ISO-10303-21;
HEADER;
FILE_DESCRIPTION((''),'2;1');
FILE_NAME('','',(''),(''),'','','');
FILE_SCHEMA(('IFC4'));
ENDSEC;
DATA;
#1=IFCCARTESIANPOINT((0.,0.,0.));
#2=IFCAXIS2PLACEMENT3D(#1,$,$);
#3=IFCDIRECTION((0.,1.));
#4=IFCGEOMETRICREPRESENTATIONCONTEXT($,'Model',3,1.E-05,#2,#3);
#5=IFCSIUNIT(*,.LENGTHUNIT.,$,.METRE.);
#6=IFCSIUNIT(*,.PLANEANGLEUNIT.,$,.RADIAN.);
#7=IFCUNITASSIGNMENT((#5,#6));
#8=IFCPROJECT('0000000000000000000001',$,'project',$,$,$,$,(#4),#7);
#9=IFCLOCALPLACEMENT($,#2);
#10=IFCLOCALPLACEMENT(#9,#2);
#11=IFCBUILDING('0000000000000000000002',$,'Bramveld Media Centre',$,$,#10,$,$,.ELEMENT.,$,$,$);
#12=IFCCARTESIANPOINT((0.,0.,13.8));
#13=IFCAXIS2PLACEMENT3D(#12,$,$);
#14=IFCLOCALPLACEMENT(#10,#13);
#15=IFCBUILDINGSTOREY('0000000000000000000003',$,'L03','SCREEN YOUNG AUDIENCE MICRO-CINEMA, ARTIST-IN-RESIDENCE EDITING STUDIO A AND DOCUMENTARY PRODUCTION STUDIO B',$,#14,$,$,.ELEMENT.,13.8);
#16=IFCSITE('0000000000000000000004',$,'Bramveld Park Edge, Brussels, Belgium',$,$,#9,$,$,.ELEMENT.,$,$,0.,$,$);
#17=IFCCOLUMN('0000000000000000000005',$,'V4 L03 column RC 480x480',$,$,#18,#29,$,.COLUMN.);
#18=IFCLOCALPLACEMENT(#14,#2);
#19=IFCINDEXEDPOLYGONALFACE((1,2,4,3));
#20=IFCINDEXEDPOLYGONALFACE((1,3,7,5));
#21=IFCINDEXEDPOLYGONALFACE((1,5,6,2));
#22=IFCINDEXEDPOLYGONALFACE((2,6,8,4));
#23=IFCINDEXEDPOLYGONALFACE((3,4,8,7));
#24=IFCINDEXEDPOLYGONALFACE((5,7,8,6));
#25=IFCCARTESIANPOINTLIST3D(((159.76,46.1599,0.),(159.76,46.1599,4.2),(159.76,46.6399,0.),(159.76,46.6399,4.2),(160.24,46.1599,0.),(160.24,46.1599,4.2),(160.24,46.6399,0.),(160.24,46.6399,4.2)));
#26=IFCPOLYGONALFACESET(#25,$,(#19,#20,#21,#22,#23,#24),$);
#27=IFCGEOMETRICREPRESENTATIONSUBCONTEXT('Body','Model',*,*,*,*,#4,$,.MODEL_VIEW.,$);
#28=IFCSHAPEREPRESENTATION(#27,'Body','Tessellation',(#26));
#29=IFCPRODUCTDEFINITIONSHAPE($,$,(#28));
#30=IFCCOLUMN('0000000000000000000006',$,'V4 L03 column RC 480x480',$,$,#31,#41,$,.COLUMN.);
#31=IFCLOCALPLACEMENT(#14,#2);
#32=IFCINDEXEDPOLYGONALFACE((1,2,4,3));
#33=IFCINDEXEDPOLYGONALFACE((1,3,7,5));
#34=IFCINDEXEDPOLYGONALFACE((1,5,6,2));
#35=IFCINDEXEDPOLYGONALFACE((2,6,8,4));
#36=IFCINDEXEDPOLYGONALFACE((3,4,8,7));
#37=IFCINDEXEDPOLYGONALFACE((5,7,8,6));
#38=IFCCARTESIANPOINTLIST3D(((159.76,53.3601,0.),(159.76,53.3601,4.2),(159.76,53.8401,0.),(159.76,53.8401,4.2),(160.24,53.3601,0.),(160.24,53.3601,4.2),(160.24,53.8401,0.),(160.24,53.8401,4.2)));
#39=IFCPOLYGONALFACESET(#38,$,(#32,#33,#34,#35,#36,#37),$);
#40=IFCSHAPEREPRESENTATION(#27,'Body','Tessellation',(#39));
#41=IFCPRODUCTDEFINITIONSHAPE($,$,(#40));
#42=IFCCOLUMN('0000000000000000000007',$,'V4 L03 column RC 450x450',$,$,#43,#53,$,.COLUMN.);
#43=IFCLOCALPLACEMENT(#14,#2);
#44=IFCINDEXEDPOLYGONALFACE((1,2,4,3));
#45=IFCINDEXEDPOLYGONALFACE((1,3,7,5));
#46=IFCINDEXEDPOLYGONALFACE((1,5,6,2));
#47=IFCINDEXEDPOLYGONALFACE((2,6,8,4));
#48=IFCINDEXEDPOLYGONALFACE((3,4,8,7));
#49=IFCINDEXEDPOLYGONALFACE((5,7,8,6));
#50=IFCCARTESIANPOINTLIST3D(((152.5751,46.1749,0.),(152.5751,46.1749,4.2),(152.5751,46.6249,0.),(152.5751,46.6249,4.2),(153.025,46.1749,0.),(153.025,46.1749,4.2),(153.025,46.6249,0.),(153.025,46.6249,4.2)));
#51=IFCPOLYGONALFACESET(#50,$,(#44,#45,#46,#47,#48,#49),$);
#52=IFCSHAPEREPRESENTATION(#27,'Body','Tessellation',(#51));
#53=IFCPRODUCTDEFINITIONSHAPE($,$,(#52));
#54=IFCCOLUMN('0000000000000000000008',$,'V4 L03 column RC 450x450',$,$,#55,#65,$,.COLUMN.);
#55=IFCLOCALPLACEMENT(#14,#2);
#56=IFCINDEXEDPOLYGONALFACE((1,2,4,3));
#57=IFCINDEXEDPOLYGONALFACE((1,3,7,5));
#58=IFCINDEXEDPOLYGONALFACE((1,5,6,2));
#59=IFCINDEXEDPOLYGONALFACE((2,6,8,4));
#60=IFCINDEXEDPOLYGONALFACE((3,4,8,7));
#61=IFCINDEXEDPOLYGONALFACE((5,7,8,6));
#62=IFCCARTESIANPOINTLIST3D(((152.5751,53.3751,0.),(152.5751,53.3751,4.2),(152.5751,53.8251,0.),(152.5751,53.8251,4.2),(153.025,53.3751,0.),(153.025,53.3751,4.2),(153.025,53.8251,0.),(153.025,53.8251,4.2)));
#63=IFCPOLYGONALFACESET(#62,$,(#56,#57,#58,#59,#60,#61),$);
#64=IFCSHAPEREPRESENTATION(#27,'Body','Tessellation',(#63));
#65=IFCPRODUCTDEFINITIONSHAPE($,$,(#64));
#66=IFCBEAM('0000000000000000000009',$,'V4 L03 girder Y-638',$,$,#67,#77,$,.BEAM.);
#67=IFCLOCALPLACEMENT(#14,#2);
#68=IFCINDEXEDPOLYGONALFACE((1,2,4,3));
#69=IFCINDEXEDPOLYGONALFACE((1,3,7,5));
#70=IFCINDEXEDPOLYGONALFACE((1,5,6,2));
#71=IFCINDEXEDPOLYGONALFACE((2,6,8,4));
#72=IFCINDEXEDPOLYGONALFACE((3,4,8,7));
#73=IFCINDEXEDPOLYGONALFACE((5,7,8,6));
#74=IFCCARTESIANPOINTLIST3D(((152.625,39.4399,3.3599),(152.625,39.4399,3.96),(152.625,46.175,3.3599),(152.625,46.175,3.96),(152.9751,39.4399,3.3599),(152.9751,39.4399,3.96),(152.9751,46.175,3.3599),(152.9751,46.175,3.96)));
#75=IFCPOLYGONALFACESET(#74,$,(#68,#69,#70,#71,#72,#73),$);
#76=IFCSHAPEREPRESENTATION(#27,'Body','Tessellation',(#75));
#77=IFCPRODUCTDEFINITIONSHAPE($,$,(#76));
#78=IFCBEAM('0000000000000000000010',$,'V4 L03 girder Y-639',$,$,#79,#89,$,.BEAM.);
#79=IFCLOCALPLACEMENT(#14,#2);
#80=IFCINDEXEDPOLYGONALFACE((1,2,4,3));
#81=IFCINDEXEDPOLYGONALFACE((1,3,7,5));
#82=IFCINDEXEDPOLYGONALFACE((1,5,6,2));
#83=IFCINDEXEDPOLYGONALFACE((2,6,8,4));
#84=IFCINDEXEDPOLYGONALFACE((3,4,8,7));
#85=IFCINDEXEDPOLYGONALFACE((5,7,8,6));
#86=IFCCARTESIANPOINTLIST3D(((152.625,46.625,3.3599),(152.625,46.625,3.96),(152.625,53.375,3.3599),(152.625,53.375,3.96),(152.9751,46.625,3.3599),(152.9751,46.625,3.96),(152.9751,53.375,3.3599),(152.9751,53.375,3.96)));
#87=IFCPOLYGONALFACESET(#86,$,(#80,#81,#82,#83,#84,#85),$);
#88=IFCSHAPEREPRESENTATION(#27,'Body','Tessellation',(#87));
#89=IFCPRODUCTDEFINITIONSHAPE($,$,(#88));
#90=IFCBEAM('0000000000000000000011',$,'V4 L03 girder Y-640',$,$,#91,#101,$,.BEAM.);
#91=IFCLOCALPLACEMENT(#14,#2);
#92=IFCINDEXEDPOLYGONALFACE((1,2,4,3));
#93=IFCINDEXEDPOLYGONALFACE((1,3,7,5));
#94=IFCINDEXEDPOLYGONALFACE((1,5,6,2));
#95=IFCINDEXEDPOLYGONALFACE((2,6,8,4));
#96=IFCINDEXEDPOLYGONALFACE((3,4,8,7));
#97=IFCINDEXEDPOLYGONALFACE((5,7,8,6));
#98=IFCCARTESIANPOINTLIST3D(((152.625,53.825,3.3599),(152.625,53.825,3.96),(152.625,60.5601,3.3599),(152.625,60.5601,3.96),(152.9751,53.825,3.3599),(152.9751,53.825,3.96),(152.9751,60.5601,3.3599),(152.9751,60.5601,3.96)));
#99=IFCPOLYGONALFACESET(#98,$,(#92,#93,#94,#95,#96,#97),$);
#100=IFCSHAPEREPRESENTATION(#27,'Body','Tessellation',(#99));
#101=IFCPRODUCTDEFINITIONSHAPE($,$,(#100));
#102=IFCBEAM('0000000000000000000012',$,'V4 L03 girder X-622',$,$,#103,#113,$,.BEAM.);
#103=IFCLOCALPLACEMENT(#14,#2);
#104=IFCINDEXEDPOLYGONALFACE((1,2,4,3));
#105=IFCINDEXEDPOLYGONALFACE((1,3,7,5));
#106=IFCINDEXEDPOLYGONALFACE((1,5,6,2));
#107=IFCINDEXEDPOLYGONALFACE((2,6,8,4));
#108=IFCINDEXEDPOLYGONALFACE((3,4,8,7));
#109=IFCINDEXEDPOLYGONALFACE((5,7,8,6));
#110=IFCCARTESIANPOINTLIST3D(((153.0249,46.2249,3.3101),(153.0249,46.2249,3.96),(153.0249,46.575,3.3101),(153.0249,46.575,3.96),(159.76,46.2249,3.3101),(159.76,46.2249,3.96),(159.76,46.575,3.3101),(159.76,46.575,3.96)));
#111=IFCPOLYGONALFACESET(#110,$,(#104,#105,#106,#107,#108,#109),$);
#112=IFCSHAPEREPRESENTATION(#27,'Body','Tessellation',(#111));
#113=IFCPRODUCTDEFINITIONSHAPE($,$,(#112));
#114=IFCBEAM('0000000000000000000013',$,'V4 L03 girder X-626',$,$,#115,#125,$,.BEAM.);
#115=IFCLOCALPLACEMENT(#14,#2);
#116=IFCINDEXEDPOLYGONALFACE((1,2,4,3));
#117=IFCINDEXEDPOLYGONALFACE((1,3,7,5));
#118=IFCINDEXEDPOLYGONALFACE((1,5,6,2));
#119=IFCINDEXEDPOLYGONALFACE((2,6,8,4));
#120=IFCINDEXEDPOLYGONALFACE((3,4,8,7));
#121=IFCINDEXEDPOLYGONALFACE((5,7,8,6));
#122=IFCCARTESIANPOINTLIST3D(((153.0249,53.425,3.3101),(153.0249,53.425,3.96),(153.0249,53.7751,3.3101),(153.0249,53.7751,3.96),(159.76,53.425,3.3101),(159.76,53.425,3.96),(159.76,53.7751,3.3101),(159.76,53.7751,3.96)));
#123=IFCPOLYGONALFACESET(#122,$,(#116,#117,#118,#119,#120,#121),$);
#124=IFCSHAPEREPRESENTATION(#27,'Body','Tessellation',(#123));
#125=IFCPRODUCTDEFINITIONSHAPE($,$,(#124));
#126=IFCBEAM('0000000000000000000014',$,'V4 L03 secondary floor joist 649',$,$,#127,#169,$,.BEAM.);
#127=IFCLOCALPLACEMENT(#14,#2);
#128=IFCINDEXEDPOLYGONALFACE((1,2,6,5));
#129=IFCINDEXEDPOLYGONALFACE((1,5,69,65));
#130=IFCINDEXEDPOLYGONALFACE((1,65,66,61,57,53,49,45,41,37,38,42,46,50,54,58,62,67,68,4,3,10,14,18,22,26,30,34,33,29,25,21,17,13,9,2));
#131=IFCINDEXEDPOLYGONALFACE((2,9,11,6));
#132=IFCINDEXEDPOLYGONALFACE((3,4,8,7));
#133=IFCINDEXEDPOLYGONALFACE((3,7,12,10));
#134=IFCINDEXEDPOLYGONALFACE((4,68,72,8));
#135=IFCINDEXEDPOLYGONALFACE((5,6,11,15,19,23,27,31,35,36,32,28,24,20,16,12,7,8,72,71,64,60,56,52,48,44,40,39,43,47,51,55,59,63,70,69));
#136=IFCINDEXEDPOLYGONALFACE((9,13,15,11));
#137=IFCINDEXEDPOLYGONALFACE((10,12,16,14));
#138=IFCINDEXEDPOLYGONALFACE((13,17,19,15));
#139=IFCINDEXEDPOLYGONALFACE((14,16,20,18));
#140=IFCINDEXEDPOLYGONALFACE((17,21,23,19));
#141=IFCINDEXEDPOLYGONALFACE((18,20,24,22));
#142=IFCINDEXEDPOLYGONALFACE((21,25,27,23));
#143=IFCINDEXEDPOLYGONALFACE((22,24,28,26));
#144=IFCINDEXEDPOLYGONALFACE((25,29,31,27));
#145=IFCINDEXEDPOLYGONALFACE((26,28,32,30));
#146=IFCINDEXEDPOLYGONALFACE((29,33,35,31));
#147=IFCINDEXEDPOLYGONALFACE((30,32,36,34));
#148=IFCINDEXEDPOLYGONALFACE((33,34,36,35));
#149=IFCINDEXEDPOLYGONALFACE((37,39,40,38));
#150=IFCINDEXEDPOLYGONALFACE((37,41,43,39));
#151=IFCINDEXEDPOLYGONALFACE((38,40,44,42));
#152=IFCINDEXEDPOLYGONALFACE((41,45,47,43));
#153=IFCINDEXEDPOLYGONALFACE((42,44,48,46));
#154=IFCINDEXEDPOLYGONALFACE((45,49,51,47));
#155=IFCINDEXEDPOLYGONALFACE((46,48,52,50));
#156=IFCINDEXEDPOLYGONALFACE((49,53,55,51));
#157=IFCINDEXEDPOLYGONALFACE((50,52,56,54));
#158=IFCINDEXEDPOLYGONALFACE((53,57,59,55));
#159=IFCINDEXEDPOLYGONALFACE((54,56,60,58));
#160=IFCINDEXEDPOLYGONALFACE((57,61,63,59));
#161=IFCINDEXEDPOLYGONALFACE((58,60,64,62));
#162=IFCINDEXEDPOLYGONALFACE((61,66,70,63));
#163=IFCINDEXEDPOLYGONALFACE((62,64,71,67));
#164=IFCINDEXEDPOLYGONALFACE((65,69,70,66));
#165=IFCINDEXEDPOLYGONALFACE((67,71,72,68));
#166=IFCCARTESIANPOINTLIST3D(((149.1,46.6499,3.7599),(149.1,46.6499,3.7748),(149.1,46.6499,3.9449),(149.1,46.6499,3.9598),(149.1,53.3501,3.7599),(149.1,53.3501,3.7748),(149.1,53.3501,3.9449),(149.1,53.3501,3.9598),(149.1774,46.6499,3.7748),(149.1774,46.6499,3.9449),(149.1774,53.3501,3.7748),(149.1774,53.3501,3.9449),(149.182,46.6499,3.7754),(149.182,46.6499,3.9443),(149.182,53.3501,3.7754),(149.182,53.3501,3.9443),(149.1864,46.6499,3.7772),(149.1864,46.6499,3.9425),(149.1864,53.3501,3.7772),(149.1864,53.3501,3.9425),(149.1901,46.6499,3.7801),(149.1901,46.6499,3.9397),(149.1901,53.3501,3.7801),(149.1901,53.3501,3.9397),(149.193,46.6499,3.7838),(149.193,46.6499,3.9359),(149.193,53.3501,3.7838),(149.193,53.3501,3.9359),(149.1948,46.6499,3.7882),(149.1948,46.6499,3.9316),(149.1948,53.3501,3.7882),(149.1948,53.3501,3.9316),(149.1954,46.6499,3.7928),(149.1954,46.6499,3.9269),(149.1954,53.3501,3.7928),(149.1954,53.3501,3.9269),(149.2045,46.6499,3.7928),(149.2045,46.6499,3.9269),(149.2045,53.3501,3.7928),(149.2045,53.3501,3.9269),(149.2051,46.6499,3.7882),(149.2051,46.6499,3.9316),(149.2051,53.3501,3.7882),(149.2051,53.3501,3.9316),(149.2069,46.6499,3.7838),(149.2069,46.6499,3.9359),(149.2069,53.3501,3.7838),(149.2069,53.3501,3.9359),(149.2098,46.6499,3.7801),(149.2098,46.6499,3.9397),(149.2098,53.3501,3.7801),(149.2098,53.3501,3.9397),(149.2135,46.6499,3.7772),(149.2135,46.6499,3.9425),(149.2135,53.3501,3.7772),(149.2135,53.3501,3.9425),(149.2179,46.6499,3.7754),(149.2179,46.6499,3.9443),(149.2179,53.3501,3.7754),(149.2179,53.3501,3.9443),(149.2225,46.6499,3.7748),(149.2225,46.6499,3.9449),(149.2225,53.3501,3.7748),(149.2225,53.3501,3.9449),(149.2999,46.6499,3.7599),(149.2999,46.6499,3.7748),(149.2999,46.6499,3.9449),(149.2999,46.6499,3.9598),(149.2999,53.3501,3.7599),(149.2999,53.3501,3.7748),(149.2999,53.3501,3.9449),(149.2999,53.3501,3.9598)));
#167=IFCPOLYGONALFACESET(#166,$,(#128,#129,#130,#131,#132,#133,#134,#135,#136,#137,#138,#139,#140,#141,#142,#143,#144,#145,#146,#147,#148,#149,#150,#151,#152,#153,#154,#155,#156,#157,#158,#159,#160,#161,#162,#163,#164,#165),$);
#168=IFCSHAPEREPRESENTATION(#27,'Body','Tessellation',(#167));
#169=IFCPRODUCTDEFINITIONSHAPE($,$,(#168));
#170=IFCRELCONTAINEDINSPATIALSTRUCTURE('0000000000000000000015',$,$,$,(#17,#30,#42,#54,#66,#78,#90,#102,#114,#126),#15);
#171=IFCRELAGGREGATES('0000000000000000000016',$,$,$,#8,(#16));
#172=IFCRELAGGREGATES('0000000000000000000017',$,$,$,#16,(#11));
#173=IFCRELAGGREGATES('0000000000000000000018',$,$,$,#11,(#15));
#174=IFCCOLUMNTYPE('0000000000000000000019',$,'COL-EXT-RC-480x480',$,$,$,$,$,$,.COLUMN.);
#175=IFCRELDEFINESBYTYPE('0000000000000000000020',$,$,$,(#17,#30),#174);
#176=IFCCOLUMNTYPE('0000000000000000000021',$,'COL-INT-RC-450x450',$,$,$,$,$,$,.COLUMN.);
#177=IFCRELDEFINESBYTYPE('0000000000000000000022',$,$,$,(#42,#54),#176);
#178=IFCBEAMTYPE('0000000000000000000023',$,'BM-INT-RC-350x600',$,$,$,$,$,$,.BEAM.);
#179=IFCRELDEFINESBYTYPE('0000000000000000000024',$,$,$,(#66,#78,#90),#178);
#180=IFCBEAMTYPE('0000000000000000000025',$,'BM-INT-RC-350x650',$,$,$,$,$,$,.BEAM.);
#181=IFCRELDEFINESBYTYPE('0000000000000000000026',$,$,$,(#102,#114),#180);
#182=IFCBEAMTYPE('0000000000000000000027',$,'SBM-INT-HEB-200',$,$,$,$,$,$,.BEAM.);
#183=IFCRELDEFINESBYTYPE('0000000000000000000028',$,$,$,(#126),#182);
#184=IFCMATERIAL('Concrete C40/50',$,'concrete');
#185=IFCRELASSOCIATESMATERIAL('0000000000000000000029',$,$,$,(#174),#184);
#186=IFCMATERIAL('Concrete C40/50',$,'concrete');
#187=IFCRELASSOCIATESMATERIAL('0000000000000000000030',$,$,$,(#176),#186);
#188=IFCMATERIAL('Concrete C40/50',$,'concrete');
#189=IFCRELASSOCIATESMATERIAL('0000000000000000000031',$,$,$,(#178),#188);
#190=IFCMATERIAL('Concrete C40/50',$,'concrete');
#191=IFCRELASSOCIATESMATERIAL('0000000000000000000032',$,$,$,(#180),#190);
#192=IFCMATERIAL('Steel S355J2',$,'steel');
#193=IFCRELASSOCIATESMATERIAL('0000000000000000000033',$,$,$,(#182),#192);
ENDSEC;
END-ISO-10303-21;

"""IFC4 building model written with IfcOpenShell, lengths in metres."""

from ifc_helpers import new_model, si_unit, direction, frame, origin, origin_2d, place, context, subcontext, project, spatial, rectangle, i_section, extrude, material, material_profile, profile_set, type_object, element, save


model = new_model("IFC4")

# Units and contexts
model_context = context("Model", 3, precision=1e-05, world=origin(), true_north=direction((0.0, 1.0)))
body_context = subcontext(model_context, "Body", "Model", "MODEL_VIEW")
ifc_project = project(units=[si_unit("LENGTHUNIT", "METRE"), si_unit("PLANEANGLEUNIT", "RADIAN")], contexts=[model_context])

# Site, building, storey
site_placement = place(None, origin())
site = spatial("IfcSite", under=ifc_project, at=site_placement, Name="Bramveld Park Edge, Brussels, Belgium", CompositionType="ELEMENT", RefElevation=0.0)
building_placement = place(site_placement, origin())
building = spatial("IfcBuilding", under=site, at=building_placement, Name="Bramveld Media Centre", CompositionType="ELEMENT")
storey_placement = place(building_placement, frame((0.0, 0.0, 13.8)))
storey = spatial("IfcBuildingStorey", under=building, at=storey_placement, Name="L03", Description="SCREEN YOUNG AUDIENCE MICRO-CINEMA, ARTIST-IN-RESIDENCE EDITING STUDIO A AND DOCUMENTARY PRODUCTION STUDIO B", CompositionType="ELEMENT", Elevation=13.8)

# Columns
ifc_material_1 = material(Name="Concrete C40/50", Category="concrete")
ifc_material_profile_1 = material_profile(ifc_material_1, rectangle(XDim=0.48, YDim=0.48, at=origin_2d()), Name="RC 480x480")
ifc_profile_set_1 = profile_set([ifc_material_profile_1], Name="Concrete C40/50")
column_type_1 = type_object("IfcColumnType", Name="COL-EXT-RC-480x480", PredefinedType="COLUMN", material=ifc_profile_set_1)
for number, where, z_axis, x_axis, name in (
    (1, (160.0, 46.3999, 0.0), (0.0, 0.0, 1.0), (1.0, 0.0, 0.0), "V4 L03 column RC 480x480"),
    (2, (160.0, 53.6001, 0.0), (0.0, 0.0, 1.0), (1.0, 0.0, 0.0), "V4 L03 column RC 480x480"),
):
    element("IfcColumn", number, at=place(storey_placement, frame(where, z_axis=z_axis, x_axis=x_axis)), inside=storey, type_object=column_type_1, Name=name, PredefinedType="COLUMN", context=body_context, shape_type="SweptSolid", body=[
        extrude(rectangle(XDim=0.48, YDim=0.48, at=origin_2d()), origin(), (0.0, 0.0, 1.0), 4.2),
    ])
ifc_material_2 = material(Name="Concrete C40/50", Category="concrete")
ifc_material_profile_2 = material_profile(ifc_material_2, rectangle(XDim=0.45, YDim=0.45, at=origin_2d()), Name="RC 450x450")
ifc_profile_set_2 = profile_set([ifc_material_profile_2], Name="Concrete C40/50")
column_type_2 = type_object("IfcColumnType", Name="COL-INT-RC-450x450", PredefinedType="COLUMN", material=ifc_profile_set_2)
for number, where, z_axis, x_axis, name in (
    (3, (152.8, 46.3999, 0.0), (0.0, 0.0, 1.0), (1.0, 0.0, 0.0), "V4 L03 column RC 450x450"),
    (4, (152.8, 53.6001, 0.0), (0.0, 0.0, 1.0), (1.0, 0.0, 0.0), "V4 L03 column RC 450x450"),
):
    element("IfcColumn", number, at=place(storey_placement, frame(where, z_axis=z_axis, x_axis=x_axis)), inside=storey, type_object=column_type_2, Name=name, PredefinedType="COLUMN", context=body_context, shape_type="SweptSolid", body=[
        extrude(rectangle(XDim=0.45, YDim=0.45, at=origin_2d()), origin(), (0.0, 0.0, 1.0), 4.2),
    ])

# Beams
ifc_material_3 = material(Name="Concrete C40/50", Category="concrete")
ifc_material_profile_3 = material_profile(ifc_material_3, rectangle(XDim=0.3501, YDim=0.6001, at=origin_2d()), Name="RC 350x600")
ifc_profile_set_3 = profile_set([ifc_material_profile_3], Name="Concrete C40/50")
beam_type_1 = type_object("IfcBeamType", Name="BM-INT-RC-350x600", PredefinedType="BEAM", material=ifc_profile_set_3)
beam_1_placement = place(storey_placement, frame((152.8, 39.4399, 3.6599), z_axis=(0.0, 1.0, 0.0), x_axis=(-1.0, 0.0, 0.0)))
element("IfcBeam", 5, at=beam_1_placement, inside=storey, type_object=beam_type_1, Name="V4 L03 girder Y-638", PredefinedType="BEAM", context=body_context, shape_type="SweptSolid", body=[
    extrude(rectangle(XDim=0.3501, YDim=0.6001, at=origin_2d()), origin(), (0.0, 0.0, 1.0), 6.7351),
])
beam_2_placement = place(storey_placement, frame((152.8, 46.625, 3.6599), z_axis=(0.0, 1.0, 0.0), x_axis=(-1.0, 0.0, 0.0)))
element("IfcBeam", 6, at=beam_2_placement, inside=storey, type_object=beam_type_1, Name="V4 L03 girder Y-639", PredefinedType="BEAM", context=body_context, shape_type="SweptSolid", body=[
    extrude(rectangle(XDim=0.3501, YDim=0.6001, at=origin_2d()), origin(), (0.0, 0.0, 1.0), 6.75),
])
beam_3_placement = place(storey_placement, frame((152.8, 53.825, 3.6599), z_axis=(0.0, 1.0, 0.0), x_axis=(-1.0, 0.0, 0.0)))
element("IfcBeam", 7, at=beam_3_placement, inside=storey, type_object=beam_type_1, Name="V4 L03 girder Y-640", PredefinedType="BEAM", context=body_context, shape_type="SweptSolid", body=[
    extrude(rectangle(XDim=0.3501, YDim=0.6001, at=origin_2d()), origin(), (0.0, 0.0, 1.0), 6.7351),
])
ifc_material_4 = material(Name="Concrete C40/50", Category="concrete")
ifc_material_profile_4 = material_profile(ifc_material_4, rectangle(XDim=0.3501, YDim=0.6499, at=origin_2d()), Name="RC 350x650")
ifc_profile_set_4 = profile_set([ifc_material_profile_4], Name="Concrete C40/50")
beam_type_2 = type_object("IfcBeamType", Name="BM-INT-RC-350x650", PredefinedType="BEAM", material=ifc_profile_set_4)
for number, where, z_axis, x_axis, name in (
    (8, (153.0249, 46.3999, 3.635), (1.0, 0.0, 0.0), (0.0, 1.0, 0.0), "V4 L03 girder X-622"),
    (9, (153.0249, 53.6001, 3.635), (1.0, 0.0, 0.0), (0.0, 1.0, 0.0), "V4 L03 girder X-626"),
):
    element("IfcBeam", number, at=place(storey_placement, frame(where, z_axis=z_axis, x_axis=x_axis)), inside=storey, type_object=beam_type_2, Name=name, PredefinedType="BEAM", context=body_context, shape_type="SweptSolid", body=[
        extrude(rectangle(XDim=0.3501, YDim=0.6499, at=origin_2d()), origin(), (0.0, 0.0, 1.0), 6.7351),
    ])
ifc_material_5 = material(Name="Steel S355J2", Category="steel")
ifc_material_profile_5 = material_profile(ifc_material_5, i_section(OverallWidth=0.2, OverallDepth=0.2, WebThickness=0.009, FlangeThickness=0.0149, FilletRadius=0.0181, at=origin_2d()), Name="HEB 200")
ifc_profile_set_5 = profile_set([ifc_material_profile_5], Name="Steel S355J2")
beam_type_3 = type_object("IfcBeamType", Name="SBM-INT-HEB-200", PredefinedType="BEAM", material=ifc_profile_set_5)
beam_4_placement = place(storey_placement, frame((149.2, 46.6499, 3.8599), z_axis=(0.0, 1.0, 0.0), x_axis=(-1.0, 0.0, 0.0)))
element("IfcBeam", 10, at=beam_4_placement, inside=storey, type_object=beam_type_3, Name="V4 L03 secondary floor joist 649", PredefinedType="BEAM", context=body_context, shape_type="SweptSolid", body=[
    extrude(i_section(OverallWidth=0.2, OverallDepth=0.2, WebThickness=0.009, FlangeThickness=0.0149, FilletRadius=0.0181, at=origin_2d()), origin(), (0.0, 0.0, 1.0), 6.7002),
])

save(model, "model.ifc")
